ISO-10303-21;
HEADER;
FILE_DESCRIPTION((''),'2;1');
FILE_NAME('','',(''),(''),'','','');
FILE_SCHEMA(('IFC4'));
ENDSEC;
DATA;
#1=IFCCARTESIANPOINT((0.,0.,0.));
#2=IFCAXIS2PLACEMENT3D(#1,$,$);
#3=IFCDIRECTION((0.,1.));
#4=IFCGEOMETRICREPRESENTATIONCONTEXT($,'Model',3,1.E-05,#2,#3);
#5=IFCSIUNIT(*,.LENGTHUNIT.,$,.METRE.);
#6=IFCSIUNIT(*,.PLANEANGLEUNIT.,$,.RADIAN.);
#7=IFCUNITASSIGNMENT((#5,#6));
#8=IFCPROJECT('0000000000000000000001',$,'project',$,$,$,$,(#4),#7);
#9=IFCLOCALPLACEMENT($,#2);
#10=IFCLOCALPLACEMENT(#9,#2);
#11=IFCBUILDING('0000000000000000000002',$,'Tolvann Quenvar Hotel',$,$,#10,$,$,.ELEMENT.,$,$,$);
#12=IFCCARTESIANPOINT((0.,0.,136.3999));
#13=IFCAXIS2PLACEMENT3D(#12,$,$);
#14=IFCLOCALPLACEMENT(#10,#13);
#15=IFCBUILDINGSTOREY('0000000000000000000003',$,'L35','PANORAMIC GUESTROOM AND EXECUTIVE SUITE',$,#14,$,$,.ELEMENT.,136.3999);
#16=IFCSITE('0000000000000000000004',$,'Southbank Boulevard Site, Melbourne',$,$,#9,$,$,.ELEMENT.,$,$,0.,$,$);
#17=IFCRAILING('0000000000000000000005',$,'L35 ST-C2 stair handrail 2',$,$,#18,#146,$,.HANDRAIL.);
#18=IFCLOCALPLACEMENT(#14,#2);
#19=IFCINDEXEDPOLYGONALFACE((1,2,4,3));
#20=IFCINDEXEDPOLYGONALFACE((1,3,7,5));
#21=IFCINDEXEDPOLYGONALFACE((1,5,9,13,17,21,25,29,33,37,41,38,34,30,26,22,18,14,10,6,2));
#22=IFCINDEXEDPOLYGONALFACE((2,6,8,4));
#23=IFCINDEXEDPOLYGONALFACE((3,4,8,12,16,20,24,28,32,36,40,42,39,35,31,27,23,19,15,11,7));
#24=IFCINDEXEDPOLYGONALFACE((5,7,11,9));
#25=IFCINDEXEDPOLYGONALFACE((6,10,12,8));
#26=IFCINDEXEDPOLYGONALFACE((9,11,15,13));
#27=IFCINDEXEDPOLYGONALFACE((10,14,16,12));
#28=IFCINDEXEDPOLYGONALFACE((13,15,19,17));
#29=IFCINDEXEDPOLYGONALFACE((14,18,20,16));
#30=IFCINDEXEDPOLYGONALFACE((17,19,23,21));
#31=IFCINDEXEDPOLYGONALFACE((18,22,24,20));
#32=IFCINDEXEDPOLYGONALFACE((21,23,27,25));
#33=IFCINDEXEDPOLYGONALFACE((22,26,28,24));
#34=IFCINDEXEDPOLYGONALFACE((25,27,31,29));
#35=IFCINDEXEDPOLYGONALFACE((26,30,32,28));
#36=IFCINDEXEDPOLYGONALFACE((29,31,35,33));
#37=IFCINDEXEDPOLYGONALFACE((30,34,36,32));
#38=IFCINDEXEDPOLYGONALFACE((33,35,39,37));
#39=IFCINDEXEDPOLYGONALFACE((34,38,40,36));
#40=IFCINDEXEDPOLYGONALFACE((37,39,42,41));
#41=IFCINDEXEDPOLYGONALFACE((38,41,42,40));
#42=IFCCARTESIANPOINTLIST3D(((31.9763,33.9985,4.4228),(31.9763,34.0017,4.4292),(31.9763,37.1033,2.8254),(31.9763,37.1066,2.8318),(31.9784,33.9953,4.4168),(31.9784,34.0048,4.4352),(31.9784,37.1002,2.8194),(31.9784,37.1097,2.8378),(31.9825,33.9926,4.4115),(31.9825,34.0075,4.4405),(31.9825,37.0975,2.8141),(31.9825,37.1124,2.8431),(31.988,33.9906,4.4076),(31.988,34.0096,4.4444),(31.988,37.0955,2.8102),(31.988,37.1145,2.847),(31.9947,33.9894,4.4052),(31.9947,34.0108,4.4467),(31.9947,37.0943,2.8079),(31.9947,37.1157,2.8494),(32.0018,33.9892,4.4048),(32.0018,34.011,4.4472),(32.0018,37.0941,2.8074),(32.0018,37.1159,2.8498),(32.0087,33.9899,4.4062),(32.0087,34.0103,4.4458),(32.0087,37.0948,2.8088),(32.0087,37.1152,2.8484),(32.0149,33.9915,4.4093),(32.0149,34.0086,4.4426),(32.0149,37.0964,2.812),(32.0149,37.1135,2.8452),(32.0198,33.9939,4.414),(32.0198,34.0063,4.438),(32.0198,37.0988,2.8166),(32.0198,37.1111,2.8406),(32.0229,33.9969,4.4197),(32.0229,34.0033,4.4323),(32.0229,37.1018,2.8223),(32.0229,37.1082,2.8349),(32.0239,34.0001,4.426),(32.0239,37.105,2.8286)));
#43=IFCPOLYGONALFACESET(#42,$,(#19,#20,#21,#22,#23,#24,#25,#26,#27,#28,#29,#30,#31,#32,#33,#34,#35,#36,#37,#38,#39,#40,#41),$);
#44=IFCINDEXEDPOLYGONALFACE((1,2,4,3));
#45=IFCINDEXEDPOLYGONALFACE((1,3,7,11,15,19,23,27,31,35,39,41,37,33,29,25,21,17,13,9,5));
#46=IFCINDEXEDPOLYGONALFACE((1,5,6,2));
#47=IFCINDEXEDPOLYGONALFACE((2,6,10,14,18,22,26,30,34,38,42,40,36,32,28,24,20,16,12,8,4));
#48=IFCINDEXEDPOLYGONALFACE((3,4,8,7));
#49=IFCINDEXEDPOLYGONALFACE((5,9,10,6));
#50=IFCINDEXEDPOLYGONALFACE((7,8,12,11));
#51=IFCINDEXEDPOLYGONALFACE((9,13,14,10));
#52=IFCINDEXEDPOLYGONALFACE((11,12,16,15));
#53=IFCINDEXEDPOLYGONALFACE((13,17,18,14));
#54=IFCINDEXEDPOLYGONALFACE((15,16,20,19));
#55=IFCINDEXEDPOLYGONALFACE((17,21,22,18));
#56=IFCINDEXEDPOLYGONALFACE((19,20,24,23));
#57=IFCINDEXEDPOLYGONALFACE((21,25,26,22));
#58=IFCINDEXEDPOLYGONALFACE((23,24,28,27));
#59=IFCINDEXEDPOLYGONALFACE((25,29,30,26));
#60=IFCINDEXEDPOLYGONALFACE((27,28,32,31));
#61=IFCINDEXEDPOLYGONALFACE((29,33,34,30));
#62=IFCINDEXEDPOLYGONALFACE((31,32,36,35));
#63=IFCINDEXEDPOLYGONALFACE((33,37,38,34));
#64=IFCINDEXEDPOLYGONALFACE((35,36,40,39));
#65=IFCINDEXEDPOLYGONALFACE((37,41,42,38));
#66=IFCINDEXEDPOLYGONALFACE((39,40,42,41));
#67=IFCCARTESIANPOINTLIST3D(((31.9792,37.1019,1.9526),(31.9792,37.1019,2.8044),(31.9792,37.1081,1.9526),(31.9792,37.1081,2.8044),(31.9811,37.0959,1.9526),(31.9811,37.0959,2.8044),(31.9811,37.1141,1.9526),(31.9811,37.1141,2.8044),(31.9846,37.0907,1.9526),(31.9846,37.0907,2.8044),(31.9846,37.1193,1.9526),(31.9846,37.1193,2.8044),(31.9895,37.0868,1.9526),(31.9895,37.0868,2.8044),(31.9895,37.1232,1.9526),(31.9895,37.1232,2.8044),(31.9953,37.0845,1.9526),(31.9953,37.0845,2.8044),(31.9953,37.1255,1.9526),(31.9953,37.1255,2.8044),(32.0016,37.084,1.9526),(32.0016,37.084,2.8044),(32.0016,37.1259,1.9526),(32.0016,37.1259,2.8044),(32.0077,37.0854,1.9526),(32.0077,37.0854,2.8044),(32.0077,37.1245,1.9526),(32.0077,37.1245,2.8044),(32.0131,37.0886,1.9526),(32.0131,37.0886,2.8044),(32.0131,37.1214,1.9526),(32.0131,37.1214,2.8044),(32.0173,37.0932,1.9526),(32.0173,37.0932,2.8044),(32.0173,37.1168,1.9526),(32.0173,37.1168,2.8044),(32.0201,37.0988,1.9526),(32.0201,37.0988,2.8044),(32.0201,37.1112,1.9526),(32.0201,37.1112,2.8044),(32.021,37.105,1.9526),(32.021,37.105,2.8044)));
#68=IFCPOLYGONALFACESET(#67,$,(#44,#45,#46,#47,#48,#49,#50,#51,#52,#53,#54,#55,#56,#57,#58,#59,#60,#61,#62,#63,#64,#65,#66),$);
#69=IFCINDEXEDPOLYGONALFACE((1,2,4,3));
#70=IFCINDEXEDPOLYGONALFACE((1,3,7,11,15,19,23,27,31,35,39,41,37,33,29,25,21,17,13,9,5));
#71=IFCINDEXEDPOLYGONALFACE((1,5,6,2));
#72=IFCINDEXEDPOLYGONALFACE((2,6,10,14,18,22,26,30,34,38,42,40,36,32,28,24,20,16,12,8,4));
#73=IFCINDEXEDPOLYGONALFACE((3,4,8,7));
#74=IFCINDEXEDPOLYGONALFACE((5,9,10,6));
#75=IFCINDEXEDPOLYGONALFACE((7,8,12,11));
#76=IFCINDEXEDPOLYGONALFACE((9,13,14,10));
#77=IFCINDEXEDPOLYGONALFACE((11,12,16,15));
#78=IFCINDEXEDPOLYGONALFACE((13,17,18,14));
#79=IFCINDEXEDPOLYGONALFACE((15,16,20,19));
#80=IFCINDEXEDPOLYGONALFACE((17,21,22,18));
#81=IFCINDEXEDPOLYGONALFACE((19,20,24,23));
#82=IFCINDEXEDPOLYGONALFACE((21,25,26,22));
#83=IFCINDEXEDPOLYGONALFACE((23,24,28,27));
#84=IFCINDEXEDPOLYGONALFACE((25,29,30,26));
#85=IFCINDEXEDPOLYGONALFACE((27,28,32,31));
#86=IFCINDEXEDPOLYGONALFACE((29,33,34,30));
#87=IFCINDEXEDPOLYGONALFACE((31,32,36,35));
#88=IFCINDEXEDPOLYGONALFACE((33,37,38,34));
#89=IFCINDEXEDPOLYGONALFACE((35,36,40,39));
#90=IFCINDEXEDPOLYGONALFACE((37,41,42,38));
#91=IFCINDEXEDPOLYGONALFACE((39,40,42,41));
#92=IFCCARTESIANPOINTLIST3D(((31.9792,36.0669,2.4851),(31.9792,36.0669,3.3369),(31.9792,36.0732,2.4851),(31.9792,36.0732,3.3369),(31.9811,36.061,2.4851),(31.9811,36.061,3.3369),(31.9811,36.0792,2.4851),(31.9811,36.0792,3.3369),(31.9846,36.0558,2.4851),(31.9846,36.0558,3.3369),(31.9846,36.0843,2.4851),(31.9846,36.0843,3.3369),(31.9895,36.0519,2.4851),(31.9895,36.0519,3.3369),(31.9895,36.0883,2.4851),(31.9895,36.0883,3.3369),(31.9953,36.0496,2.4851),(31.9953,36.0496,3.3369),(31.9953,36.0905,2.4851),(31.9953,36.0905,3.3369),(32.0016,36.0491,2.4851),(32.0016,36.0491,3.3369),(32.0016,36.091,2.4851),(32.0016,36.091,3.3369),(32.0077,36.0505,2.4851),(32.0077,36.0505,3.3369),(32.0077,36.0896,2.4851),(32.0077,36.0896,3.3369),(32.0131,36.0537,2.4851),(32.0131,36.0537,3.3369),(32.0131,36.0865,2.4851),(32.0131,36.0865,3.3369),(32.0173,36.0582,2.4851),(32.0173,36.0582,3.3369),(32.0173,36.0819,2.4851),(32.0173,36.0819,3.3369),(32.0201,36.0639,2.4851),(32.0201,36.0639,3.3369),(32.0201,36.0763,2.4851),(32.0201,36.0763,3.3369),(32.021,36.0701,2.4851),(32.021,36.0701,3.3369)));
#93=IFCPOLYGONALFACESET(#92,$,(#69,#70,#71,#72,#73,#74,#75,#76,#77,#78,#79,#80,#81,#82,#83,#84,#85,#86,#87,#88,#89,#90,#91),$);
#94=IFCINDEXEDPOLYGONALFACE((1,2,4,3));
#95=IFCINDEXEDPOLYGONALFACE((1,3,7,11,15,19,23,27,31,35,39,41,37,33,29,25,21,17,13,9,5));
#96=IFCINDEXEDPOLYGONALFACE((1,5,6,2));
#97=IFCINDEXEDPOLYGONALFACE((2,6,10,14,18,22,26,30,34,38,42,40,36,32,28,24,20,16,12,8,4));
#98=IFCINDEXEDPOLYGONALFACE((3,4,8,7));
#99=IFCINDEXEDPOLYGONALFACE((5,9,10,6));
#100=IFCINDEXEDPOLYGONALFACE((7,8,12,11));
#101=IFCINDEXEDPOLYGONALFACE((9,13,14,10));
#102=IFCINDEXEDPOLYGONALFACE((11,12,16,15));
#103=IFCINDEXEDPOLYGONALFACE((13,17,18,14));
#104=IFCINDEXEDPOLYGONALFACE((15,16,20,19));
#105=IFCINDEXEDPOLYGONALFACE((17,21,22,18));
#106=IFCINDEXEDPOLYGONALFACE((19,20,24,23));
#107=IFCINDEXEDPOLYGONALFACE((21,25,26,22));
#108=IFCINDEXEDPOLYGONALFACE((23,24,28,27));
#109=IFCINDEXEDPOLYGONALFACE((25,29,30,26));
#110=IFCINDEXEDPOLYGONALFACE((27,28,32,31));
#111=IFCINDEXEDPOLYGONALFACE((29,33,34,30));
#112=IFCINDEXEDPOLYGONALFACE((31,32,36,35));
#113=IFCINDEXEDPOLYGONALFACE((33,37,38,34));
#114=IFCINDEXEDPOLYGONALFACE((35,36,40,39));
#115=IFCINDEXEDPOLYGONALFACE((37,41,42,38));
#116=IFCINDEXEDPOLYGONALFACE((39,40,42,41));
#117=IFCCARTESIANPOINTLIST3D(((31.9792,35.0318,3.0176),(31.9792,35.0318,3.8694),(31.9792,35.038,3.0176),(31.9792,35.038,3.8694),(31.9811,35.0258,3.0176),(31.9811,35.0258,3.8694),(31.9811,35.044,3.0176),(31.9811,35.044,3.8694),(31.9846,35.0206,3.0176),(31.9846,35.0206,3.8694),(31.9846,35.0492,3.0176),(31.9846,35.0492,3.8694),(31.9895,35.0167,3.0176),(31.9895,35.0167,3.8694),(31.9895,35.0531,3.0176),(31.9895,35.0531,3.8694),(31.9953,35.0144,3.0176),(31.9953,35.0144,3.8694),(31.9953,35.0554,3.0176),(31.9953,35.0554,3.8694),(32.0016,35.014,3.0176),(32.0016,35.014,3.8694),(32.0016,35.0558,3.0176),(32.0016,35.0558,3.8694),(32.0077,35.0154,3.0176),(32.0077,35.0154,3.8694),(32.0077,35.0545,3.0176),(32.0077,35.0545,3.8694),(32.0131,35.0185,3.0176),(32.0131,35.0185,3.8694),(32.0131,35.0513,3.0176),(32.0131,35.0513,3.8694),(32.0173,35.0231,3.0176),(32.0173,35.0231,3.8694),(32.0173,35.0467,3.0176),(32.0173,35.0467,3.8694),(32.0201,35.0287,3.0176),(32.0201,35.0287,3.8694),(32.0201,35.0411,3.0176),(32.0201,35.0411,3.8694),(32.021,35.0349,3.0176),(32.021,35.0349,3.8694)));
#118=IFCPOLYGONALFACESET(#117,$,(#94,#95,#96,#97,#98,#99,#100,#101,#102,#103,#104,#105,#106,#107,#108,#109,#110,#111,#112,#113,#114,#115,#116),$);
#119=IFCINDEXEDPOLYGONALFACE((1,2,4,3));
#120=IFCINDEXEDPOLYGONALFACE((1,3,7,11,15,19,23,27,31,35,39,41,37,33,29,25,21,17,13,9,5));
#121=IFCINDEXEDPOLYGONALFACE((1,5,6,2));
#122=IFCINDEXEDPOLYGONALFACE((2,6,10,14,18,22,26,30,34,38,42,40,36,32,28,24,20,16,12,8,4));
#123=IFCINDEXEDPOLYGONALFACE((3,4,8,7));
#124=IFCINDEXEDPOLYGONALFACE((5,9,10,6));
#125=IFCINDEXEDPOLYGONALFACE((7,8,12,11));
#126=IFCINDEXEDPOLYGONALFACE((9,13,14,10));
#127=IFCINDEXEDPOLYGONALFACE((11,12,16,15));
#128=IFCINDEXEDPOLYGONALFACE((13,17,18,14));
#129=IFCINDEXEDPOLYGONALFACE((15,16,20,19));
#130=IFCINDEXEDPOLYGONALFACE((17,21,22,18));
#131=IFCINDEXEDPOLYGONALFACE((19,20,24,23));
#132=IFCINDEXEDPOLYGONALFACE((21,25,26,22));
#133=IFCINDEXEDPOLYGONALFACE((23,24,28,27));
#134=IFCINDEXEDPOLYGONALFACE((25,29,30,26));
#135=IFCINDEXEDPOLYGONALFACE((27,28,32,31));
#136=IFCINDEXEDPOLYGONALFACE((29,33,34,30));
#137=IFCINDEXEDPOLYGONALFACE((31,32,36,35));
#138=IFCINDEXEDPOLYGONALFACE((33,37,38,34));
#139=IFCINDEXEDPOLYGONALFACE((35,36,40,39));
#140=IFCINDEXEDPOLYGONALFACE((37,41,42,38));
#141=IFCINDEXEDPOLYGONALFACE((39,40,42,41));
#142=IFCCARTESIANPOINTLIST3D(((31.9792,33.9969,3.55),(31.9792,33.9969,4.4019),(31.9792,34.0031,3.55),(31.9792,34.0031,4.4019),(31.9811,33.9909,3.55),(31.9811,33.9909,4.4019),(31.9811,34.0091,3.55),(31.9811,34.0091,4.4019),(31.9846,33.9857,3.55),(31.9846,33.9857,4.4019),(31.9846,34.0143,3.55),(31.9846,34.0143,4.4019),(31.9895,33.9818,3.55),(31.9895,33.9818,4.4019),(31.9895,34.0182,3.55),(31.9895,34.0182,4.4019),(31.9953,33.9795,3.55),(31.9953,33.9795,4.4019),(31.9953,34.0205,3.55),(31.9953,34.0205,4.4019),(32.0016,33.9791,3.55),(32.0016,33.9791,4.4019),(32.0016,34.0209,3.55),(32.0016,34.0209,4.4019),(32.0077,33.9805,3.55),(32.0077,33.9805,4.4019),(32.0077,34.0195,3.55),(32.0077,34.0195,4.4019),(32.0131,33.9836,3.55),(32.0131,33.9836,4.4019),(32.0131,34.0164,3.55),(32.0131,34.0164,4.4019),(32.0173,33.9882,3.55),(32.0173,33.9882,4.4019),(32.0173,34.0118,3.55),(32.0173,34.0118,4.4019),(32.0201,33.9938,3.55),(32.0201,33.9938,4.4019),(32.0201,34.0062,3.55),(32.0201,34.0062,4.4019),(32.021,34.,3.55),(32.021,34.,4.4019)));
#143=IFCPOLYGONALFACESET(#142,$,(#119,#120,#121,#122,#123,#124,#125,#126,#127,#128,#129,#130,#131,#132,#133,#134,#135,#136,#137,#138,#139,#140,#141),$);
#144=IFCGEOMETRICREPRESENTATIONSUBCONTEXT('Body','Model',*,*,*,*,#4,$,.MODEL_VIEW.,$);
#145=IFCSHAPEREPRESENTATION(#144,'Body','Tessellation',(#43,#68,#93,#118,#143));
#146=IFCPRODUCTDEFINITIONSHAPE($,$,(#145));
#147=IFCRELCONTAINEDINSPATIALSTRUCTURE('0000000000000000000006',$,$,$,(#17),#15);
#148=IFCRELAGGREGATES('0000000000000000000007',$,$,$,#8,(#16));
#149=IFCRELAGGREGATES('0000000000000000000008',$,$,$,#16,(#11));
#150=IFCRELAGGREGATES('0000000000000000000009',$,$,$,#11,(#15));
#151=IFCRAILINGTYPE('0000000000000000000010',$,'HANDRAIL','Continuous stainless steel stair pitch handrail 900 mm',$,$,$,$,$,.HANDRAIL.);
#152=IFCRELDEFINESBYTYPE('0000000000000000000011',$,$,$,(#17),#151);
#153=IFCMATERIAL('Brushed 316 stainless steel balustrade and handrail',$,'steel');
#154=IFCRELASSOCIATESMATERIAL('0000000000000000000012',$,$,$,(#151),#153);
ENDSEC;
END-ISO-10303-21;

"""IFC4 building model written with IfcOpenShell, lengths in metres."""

from ifc_helpers import new_model, si_unit, direction, frame, origin, origin_2d, place, context, subcontext, project, spatial, circle, extrude, material, type_object, element, save


model = new_model("IFC4")

# Units and contexts
model_context = context("Model", 3, precision=1e-05, world=origin(), true_north=direction((0.0, 1.0)))
body_context = subcontext(model_context, "Body", "Model", "MODEL_VIEW")
ifc_project = project(units=[si_unit("LENGTHUNIT", "METRE"), si_unit("PLANEANGLEUNIT", "RADIAN")], contexts=[model_context])

# Site, building, storey
site_placement = place(None, origin())
site = spatial("IfcSite", under=ifc_project, at=site_placement, Name="Southbank Boulevard Site, Melbourne", CompositionType="ELEMENT", RefElevation=0.0)
building_placement = place(site_placement, origin())
building = spatial("IfcBuilding", under=site, at=building_placement, Name="Tolvann Quenvar Hotel", CompositionType="ELEMENT")
storey_placement = place(building_placement, frame((0.0, 0.0, 136.3999)))
storey = spatial("IfcBuildingStorey", under=building, at=storey_placement, Name="L35", Description="PANORAMIC GUESTROOM AND EXECUTIVE SUITE", CompositionType="ELEMENT", Elevation=136.3999)

# Railing
ifc_material_1 = material(Name="Brushed 316 stainless steel balustrade and handrail", Category="steel")
railing_type_1 = type_object("IfcRailingType", Name="HANDRAIL", Description="Continuous stainless steel stair pitch handrail 900 mm", PredefinedType="HANDRAIL", material=ifc_material_1)
railing_1_placement = place(storey_placement, frame((32.0, 37.105, 1.9526)))
element("IfcRailing", 1, at=railing_1_placement, inside=storey, type_object=railing_type_1, Name="L35 ST-C2 stair handrail 2", PredefinedType="HANDRAIL", context=body_context, shape_type="SweptSolid", body=[
    extrude(circle(Radius=0.0239, at=origin_2d()), frame((0.0, 0.0, 0.876), z_axis=(0.0, -0.889222, 0.457476), x_axis=(1.0, 0.0, 0.0)), (0.0, 0.0, 1.0), 3.4917),
    extrude(circle(Radius=0.021, at=origin_2d()), origin(), (0.0, 0.0, 1.0), 0.8518),
    extrude(circle(Radius=0.021, at=origin_2d()), frame((0.0, -1.0349, 0.5325)), (0.0, 0.0, 1.0), 0.8518),
    extrude(circle(Radius=0.021, at=origin_2d()), frame((0.0, -2.0701, 1.0649)), (0.0, 0.0, 1.0), 0.8518),
    extrude(circle(Radius=0.021, at=origin_2d()), frame((0.0, -3.105, 1.5974)), (0.0, 0.0, 1.0), 0.8518),
])

save(model, "model.ifc")
